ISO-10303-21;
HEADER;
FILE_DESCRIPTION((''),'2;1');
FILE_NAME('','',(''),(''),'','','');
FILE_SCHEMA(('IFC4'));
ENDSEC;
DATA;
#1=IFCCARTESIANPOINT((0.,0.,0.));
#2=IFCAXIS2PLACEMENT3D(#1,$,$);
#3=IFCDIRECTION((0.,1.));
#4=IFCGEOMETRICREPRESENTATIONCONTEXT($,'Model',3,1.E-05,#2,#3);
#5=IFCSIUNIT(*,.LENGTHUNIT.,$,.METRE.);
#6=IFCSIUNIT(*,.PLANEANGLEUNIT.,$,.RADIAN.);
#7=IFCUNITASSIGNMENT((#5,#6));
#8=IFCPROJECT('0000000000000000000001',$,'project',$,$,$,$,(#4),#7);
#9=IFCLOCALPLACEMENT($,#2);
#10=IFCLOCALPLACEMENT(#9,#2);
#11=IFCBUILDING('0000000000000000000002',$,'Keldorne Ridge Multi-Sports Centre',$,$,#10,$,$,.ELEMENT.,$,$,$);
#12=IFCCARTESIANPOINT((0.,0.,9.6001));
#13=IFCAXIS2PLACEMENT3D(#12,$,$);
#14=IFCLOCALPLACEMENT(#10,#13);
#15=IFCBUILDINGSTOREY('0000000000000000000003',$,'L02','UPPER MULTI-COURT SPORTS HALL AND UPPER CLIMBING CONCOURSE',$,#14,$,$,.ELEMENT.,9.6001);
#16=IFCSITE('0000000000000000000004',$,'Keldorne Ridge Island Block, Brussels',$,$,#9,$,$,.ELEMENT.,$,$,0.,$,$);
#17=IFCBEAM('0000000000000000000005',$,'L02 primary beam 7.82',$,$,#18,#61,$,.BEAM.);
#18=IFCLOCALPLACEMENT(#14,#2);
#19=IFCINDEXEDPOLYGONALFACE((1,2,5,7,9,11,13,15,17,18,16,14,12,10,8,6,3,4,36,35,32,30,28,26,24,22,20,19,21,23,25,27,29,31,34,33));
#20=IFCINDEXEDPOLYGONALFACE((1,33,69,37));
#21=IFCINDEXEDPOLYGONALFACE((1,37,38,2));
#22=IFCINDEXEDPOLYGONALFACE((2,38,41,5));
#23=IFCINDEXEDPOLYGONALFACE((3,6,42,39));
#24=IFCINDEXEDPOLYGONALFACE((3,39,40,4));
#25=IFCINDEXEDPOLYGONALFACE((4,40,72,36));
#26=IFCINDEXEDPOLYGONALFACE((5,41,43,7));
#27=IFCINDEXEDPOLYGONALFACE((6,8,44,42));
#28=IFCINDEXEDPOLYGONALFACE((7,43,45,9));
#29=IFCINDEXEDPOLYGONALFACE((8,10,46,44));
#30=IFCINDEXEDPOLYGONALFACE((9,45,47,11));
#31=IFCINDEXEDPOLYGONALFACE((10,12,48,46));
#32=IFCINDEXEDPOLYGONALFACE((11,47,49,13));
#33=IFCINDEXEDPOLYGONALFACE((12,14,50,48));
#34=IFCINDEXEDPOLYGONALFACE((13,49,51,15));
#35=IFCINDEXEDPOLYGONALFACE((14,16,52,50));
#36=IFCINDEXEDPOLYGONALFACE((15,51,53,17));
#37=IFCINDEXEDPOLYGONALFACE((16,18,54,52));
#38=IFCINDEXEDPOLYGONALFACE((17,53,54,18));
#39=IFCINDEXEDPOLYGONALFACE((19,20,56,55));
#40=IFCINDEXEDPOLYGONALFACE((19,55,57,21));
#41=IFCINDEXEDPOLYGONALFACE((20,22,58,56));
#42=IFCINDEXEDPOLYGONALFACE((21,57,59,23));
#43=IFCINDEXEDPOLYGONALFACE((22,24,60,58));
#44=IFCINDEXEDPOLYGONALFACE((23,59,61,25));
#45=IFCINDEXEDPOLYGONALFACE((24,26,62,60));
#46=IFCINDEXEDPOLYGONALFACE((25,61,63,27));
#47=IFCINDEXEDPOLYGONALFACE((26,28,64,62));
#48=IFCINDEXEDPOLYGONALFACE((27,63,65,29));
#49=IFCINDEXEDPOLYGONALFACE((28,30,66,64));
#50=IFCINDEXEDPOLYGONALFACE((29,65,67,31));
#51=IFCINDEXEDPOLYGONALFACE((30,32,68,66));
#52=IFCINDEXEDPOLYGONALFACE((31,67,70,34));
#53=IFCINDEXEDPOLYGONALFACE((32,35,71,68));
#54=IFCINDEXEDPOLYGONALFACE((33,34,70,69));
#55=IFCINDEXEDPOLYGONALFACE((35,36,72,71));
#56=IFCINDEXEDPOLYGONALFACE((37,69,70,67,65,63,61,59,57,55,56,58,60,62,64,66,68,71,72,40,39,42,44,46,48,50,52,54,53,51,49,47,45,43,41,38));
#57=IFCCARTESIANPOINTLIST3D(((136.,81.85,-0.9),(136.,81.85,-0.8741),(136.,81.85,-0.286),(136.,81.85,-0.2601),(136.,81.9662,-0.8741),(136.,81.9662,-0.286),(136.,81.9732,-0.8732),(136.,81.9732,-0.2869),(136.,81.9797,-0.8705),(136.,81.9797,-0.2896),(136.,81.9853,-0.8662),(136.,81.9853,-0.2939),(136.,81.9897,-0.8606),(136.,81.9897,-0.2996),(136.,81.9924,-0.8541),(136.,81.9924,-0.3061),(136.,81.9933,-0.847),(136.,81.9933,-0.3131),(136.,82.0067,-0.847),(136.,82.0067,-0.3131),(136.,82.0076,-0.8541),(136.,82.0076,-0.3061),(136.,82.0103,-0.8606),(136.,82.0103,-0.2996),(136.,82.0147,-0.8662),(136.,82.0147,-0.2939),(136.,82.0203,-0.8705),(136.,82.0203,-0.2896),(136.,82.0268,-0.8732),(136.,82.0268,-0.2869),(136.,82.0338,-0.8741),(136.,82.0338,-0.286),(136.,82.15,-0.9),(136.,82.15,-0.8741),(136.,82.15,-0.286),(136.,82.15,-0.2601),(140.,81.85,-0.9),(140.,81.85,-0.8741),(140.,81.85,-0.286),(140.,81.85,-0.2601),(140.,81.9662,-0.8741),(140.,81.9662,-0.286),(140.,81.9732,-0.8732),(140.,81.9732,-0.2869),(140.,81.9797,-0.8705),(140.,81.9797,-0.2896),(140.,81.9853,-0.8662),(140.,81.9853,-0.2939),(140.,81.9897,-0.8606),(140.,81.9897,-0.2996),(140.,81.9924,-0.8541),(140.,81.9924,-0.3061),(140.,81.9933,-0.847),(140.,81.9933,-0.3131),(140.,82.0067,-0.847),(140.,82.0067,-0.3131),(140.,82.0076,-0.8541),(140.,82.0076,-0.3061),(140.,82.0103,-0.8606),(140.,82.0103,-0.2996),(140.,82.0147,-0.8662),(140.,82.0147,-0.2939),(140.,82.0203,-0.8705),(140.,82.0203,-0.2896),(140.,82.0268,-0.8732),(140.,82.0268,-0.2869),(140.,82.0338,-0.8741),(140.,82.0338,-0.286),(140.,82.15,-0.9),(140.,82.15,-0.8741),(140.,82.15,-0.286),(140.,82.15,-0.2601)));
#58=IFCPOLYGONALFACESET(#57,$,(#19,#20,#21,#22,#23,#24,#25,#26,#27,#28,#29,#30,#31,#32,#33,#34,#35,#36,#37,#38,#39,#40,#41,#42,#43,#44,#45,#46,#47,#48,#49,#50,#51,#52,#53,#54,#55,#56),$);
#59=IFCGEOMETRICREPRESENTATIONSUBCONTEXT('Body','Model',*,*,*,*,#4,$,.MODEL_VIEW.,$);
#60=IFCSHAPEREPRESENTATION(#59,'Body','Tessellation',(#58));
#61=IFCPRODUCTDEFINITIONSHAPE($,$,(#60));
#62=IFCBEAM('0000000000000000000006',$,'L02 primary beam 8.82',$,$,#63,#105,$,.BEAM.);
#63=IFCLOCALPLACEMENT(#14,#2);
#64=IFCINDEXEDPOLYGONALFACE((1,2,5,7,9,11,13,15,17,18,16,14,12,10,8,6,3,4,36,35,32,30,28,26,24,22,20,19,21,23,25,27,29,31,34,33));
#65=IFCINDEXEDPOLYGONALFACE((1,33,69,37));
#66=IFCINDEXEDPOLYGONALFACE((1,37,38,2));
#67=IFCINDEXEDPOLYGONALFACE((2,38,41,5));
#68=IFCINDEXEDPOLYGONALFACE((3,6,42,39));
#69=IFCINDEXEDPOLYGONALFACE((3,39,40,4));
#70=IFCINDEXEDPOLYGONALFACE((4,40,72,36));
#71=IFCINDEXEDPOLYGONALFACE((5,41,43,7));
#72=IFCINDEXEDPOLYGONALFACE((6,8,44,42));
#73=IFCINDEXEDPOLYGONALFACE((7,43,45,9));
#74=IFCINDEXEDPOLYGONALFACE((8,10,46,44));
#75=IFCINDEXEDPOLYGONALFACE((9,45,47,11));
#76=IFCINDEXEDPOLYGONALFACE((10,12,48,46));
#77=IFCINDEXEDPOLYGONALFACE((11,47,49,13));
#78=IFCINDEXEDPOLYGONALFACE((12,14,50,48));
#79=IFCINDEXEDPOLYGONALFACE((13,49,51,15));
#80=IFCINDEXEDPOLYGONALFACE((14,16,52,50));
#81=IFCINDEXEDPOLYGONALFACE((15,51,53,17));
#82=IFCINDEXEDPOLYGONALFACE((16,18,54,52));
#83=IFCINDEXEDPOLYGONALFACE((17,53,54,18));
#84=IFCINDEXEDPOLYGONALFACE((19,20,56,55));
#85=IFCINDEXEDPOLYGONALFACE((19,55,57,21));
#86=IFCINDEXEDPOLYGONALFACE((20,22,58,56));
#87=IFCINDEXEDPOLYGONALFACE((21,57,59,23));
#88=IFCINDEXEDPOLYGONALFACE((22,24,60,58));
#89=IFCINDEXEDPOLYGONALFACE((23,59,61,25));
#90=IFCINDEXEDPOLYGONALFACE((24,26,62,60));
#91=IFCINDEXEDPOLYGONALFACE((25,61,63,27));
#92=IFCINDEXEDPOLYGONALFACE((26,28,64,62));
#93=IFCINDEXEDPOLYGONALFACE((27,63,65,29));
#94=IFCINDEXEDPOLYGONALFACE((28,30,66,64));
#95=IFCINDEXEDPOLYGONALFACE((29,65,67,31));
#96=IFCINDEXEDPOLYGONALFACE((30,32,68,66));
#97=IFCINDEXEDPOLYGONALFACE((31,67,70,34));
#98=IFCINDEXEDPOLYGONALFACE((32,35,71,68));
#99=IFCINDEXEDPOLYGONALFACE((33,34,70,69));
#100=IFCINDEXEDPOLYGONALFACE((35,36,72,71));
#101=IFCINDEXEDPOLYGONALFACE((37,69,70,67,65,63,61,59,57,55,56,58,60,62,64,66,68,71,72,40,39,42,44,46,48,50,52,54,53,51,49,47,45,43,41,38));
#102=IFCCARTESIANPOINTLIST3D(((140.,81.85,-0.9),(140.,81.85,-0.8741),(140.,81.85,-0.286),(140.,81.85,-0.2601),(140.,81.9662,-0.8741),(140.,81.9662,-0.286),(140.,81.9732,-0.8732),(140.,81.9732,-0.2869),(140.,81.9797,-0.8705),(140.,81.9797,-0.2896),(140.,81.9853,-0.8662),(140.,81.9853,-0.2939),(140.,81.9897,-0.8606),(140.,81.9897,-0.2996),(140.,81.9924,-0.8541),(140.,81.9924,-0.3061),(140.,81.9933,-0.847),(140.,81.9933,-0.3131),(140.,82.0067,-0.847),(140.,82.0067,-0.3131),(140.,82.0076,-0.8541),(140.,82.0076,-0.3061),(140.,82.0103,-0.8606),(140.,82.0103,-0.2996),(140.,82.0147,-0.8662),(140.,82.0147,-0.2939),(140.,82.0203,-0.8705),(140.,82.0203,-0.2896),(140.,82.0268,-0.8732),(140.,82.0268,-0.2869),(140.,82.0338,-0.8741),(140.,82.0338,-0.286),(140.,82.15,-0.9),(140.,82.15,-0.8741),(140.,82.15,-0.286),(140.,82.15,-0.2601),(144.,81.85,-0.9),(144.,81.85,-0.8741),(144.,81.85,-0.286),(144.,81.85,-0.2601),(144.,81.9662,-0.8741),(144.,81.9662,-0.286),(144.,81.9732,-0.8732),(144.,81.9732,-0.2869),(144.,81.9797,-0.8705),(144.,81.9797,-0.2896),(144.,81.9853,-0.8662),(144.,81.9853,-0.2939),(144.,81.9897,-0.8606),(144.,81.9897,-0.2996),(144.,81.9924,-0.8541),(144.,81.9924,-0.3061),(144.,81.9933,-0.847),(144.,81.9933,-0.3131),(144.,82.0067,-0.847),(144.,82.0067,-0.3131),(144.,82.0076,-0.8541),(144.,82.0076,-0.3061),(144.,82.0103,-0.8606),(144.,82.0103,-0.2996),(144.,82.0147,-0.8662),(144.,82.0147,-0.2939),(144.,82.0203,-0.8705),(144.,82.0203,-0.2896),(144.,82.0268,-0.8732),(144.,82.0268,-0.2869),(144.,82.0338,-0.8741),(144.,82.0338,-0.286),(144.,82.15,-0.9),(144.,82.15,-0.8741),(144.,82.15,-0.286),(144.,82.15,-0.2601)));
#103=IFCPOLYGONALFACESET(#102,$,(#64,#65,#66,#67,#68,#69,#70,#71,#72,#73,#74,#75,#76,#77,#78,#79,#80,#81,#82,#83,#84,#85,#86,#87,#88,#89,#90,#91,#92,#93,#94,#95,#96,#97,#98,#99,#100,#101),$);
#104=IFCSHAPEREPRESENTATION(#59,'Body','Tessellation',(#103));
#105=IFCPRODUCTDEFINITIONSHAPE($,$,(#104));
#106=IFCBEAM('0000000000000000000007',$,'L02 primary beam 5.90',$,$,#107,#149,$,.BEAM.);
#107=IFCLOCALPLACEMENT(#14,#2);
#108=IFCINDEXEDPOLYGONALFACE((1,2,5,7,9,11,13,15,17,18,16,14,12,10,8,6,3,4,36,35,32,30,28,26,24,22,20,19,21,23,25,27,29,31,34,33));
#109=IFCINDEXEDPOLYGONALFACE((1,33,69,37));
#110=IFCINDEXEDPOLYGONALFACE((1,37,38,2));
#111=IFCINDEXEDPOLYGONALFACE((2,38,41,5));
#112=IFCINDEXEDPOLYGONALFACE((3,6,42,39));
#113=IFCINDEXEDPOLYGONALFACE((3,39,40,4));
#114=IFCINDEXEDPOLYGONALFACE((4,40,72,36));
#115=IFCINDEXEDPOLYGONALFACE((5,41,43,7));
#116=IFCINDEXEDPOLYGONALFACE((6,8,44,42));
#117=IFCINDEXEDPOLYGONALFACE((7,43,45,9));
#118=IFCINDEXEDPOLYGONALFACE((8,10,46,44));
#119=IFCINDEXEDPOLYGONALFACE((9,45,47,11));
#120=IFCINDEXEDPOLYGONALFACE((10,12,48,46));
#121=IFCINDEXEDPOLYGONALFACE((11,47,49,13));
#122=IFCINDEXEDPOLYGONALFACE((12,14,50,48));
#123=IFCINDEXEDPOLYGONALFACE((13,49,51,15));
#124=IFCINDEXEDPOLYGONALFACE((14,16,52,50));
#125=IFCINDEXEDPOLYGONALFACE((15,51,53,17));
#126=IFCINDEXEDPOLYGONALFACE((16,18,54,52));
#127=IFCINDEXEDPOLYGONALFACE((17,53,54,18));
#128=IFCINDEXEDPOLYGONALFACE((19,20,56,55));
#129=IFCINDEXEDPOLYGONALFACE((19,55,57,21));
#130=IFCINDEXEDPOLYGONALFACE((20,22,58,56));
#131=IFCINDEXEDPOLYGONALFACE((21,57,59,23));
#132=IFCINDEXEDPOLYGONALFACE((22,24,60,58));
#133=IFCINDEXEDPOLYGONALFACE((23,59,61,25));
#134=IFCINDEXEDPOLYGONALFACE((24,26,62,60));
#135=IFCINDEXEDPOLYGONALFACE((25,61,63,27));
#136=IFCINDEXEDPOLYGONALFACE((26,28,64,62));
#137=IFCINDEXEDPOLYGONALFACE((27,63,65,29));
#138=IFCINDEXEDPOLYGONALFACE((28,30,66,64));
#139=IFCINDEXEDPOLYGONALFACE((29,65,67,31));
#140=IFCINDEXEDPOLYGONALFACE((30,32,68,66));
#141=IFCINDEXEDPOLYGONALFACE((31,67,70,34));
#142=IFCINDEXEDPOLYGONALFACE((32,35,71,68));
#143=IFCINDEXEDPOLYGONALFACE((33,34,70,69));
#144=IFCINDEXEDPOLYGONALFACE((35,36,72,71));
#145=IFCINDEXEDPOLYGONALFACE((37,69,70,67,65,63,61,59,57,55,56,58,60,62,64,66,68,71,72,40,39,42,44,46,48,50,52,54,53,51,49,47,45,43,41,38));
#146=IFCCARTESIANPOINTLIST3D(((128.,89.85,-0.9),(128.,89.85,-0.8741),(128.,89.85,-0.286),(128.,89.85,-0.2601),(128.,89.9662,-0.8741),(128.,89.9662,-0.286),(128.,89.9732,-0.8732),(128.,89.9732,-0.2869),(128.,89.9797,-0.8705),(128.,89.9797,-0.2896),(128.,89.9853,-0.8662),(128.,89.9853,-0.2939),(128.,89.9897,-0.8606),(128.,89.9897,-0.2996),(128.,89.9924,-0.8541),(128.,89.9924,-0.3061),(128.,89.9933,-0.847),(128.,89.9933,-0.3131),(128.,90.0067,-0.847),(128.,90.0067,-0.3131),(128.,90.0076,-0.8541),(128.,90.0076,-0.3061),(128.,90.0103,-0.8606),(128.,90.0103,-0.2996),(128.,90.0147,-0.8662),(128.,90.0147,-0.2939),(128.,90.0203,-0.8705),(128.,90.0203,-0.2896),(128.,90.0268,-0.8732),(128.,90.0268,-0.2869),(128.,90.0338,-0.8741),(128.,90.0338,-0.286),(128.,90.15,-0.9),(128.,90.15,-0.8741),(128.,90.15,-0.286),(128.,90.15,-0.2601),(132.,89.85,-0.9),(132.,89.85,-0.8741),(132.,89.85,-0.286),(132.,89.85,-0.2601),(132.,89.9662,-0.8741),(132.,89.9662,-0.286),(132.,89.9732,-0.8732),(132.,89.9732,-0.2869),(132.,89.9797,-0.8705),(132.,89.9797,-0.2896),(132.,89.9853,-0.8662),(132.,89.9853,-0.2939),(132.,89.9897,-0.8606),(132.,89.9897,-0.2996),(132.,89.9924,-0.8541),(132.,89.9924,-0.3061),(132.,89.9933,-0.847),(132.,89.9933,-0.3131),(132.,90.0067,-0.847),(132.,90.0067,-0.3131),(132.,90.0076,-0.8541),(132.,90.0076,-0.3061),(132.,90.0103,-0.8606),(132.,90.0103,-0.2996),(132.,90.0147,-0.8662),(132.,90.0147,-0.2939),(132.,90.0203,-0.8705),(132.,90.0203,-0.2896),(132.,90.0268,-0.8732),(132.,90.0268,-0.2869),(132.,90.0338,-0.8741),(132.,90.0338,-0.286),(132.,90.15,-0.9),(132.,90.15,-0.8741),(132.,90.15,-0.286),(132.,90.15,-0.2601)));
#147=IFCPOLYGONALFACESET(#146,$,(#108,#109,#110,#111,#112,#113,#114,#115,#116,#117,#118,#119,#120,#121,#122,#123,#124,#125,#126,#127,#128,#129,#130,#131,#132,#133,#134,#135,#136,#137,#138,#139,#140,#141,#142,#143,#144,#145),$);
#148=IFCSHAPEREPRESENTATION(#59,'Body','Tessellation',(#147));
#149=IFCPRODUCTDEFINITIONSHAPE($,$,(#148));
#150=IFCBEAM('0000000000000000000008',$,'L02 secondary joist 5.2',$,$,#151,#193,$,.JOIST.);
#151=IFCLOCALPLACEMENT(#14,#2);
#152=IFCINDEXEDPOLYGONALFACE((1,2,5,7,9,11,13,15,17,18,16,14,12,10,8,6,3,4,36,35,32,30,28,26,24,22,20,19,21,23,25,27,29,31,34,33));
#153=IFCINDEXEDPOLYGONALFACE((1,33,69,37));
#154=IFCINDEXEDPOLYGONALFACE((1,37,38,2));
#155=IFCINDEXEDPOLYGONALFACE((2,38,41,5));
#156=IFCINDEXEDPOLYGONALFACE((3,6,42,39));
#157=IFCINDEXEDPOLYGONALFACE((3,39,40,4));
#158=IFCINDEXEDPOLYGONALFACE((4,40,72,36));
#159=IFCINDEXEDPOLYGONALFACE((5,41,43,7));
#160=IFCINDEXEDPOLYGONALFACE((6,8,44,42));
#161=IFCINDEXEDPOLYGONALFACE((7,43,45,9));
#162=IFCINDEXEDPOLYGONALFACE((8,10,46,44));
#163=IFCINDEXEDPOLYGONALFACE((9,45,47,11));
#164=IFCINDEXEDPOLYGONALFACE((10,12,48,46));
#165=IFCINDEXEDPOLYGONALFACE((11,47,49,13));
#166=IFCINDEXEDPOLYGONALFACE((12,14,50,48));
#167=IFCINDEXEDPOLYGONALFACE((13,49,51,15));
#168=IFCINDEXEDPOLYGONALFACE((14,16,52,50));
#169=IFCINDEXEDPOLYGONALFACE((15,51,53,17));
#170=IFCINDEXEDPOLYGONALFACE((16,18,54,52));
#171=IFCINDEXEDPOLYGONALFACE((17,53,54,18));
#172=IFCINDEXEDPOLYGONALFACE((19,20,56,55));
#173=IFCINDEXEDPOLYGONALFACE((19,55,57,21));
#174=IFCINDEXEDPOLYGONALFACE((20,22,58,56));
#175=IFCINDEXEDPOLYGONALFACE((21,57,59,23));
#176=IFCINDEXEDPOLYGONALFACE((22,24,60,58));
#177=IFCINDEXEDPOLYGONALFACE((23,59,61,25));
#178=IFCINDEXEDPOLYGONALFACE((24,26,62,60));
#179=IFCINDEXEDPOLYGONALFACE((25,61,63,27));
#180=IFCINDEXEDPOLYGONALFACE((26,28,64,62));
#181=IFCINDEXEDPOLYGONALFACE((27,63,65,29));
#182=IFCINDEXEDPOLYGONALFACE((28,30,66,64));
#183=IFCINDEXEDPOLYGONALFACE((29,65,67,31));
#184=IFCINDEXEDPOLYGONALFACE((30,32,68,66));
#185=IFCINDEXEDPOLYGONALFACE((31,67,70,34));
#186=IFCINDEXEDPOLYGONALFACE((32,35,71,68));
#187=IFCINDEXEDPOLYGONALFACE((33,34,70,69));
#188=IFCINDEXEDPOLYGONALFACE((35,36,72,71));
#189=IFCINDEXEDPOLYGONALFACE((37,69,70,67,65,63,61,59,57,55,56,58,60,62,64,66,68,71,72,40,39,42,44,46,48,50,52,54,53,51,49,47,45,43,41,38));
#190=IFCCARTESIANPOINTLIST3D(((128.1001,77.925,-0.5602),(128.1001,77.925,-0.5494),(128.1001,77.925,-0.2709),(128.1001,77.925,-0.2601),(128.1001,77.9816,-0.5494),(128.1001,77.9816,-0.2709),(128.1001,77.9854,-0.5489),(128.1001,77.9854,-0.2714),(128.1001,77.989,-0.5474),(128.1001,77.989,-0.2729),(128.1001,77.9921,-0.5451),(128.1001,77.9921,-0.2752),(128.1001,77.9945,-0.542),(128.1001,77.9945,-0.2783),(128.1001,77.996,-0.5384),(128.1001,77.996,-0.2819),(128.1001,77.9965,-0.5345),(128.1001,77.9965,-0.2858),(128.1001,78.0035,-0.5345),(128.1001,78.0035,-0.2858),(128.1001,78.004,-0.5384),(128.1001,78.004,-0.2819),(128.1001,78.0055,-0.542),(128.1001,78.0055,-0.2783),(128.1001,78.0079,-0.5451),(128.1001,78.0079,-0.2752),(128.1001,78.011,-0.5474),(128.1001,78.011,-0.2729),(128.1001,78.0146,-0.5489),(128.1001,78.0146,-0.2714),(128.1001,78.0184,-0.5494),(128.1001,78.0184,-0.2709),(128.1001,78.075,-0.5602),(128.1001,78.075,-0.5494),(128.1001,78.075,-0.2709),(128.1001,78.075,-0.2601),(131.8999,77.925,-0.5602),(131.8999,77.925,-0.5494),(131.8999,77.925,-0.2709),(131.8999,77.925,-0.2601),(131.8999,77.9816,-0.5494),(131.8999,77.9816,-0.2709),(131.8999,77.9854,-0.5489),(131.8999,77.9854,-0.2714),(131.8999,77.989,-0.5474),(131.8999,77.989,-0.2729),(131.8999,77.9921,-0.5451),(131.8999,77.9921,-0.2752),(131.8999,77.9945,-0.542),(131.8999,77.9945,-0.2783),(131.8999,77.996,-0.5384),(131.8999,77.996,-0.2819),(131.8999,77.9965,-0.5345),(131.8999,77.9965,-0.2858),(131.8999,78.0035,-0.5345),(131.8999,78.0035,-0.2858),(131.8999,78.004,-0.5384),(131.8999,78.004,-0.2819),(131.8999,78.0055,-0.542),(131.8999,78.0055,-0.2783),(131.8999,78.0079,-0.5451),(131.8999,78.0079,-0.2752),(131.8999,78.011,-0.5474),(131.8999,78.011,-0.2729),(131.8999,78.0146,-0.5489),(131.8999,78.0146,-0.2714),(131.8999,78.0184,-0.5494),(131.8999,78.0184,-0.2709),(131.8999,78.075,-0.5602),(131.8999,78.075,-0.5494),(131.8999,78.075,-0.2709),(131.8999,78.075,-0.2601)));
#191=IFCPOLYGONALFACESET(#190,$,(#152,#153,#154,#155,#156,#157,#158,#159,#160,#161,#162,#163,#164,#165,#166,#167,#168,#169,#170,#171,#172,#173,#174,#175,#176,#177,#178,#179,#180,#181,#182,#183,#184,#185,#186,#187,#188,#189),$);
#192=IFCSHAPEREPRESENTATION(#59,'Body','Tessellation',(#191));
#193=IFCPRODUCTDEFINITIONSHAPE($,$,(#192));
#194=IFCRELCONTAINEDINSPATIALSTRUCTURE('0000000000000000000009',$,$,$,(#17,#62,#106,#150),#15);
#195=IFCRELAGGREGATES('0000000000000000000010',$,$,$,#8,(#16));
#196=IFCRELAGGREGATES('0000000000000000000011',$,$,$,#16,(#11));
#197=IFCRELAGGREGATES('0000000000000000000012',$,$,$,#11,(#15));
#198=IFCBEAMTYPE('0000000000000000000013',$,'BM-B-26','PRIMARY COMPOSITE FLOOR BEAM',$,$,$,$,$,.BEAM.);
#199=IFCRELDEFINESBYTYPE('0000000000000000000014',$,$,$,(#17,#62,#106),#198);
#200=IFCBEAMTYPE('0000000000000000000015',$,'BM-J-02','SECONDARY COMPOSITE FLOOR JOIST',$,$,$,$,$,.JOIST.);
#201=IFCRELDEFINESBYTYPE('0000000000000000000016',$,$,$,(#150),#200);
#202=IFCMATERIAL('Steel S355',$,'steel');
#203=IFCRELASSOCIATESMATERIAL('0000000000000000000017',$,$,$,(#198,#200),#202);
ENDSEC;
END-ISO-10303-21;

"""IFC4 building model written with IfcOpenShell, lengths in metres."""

from ifc_helpers import new_model, si_unit, direction, frame, origin, origin_2d, place, context, subcontext, project, spatial, i_section, extrude, material, material_profile, profile_set, type_object, element, save


model = new_model("IFC4")

# Units and contexts
model_context = context("Model", 3, precision=1e-05, world=origin(), true_north=direction((0.0, 1.0)))
body_context = subcontext(model_context, "Body", "Model", "MODEL_VIEW")
ifc_project = project(units=[si_unit("LENGTHUNIT", "METRE"), si_unit("PLANEANGLEUNIT", "RADIAN")], contexts=[model_context])

# Site, building, storey
site_placement = place(None, origin())
site = spatial("IfcSite", under=ifc_project, at=site_placement, Name="Keldorne Ridge Island Block, Brussels", CompositionType="ELEMENT", RefElevation=0.0)
building_placement = place(site_placement, origin())
building = spatial("IfcBuilding", under=site, at=building_placement, Name="Keldorne Ridge Multi-Sports Centre", CompositionType="ELEMENT")
storey_placement = place(building_placement, frame((0.0, 0.0, 9.6001)))
storey = spatial("IfcBuildingStorey", under=building, at=storey_placement, Name="L02", Description="UPPER MULTI-COURT SPORTS HALL AND UPPER CLIMBING CONCOURSE", CompositionType="ELEMENT", Elevation=9.6001)

# Shared definitions
ifc_material = material(Name="Steel S355", Category="steel")

# Beams
ifc_material_profile_1 = material_profile(ifc_material, i_section(OverallWidth=0.3, OverallDepth=0.6399, WebThickness=0.0134, FlangeThickness=0.0259, FilletRadius=0.0271, at=origin_2d()), Name="HEA 650")
ifc_profile_set_1 = profile_set([ifc_material_profile_1], Name="Steel S355")
beam_type_1 = type_object("IfcBeamType", Name="BM-B-26", Description="PRIMARY COMPOSITE FLOOR BEAM", PredefinedType="BEAM", material=ifc_profile_set_1)
for number, where, z_axis, x_axis, name in (
    (1, (136.0, 82.0, -0.5801), (1.0, 0.0, 0.0), (0.0, 1.0, 0.0), "L02 primary beam 7.82"),
    (2, (140.0, 82.0, -0.5801), (1.0, 0.0, 0.0), (0.0, 1.0, 0.0), "L02 primary beam 8.82"),
    (3, (128.0, 90.0, -0.5801), (1.0, 0.0, 0.0), (0.0, 1.0, 0.0), "L02 primary beam 5.90"),
):
    element("IfcBeam", number, at=place(storey_placement, frame(where, z_axis=z_axis, x_axis=x_axis)), inside=storey, type_object=beam_type_1, Name=name, PredefinedType="BEAM", context=body_context, shape_type="SweptSolid", body=[
        extrude(i_section(OverallWidth=0.3, OverallDepth=0.6399, WebThickness=0.0134, FlangeThickness=0.0259, FilletRadius=0.0271, at=origin_2d()), origin(), (0.0, 0.0, 1.0), 4.0),
    ])
ifc_material_profile_2 = material_profile(ifc_material, i_section(OverallWidth=0.1499, OverallDepth=0.3, WebThickness=0.0071, FlangeThickness=0.0107, FilletRadius=0.0149, at=origin_2d()), Name="IPE 300")
ifc_profile_set_2 = profile_set([ifc_material_profile_2], Name="Steel S355")
beam_type_2 = type_object("IfcBeamType", Name="BM-J-02", Description="SECONDARY COMPOSITE FLOOR JOIST", PredefinedType="JOIST", material=ifc_profile_set_2)
for number, where, z_axis, x_axis, name in (
    (4, (128.1001, 78.0, -0.4102), (1.0, 0.0, 0.0), (0.0, 1.0, 0.0), "L02 secondary joist 5.2"),
):
    element("IfcBeam", number, at=place(storey_placement, frame(where, z_axis=z_axis, x_axis=x_axis)), inside=storey, type_object=beam_type_2, Name=name, PredefinedType="JOIST", context=body_context, shape_type="SweptSolid", body=[
        extrude(i_section(OverallWidth=0.1499, OverallDepth=0.3, WebThickness=0.0071, FlangeThickness=0.0107, FilletRadius=0.0149, at=origin_2d()), origin(), (0.0, 0.0, 1.0), 3.7998),
    ])

save(model, "model.ifc")
